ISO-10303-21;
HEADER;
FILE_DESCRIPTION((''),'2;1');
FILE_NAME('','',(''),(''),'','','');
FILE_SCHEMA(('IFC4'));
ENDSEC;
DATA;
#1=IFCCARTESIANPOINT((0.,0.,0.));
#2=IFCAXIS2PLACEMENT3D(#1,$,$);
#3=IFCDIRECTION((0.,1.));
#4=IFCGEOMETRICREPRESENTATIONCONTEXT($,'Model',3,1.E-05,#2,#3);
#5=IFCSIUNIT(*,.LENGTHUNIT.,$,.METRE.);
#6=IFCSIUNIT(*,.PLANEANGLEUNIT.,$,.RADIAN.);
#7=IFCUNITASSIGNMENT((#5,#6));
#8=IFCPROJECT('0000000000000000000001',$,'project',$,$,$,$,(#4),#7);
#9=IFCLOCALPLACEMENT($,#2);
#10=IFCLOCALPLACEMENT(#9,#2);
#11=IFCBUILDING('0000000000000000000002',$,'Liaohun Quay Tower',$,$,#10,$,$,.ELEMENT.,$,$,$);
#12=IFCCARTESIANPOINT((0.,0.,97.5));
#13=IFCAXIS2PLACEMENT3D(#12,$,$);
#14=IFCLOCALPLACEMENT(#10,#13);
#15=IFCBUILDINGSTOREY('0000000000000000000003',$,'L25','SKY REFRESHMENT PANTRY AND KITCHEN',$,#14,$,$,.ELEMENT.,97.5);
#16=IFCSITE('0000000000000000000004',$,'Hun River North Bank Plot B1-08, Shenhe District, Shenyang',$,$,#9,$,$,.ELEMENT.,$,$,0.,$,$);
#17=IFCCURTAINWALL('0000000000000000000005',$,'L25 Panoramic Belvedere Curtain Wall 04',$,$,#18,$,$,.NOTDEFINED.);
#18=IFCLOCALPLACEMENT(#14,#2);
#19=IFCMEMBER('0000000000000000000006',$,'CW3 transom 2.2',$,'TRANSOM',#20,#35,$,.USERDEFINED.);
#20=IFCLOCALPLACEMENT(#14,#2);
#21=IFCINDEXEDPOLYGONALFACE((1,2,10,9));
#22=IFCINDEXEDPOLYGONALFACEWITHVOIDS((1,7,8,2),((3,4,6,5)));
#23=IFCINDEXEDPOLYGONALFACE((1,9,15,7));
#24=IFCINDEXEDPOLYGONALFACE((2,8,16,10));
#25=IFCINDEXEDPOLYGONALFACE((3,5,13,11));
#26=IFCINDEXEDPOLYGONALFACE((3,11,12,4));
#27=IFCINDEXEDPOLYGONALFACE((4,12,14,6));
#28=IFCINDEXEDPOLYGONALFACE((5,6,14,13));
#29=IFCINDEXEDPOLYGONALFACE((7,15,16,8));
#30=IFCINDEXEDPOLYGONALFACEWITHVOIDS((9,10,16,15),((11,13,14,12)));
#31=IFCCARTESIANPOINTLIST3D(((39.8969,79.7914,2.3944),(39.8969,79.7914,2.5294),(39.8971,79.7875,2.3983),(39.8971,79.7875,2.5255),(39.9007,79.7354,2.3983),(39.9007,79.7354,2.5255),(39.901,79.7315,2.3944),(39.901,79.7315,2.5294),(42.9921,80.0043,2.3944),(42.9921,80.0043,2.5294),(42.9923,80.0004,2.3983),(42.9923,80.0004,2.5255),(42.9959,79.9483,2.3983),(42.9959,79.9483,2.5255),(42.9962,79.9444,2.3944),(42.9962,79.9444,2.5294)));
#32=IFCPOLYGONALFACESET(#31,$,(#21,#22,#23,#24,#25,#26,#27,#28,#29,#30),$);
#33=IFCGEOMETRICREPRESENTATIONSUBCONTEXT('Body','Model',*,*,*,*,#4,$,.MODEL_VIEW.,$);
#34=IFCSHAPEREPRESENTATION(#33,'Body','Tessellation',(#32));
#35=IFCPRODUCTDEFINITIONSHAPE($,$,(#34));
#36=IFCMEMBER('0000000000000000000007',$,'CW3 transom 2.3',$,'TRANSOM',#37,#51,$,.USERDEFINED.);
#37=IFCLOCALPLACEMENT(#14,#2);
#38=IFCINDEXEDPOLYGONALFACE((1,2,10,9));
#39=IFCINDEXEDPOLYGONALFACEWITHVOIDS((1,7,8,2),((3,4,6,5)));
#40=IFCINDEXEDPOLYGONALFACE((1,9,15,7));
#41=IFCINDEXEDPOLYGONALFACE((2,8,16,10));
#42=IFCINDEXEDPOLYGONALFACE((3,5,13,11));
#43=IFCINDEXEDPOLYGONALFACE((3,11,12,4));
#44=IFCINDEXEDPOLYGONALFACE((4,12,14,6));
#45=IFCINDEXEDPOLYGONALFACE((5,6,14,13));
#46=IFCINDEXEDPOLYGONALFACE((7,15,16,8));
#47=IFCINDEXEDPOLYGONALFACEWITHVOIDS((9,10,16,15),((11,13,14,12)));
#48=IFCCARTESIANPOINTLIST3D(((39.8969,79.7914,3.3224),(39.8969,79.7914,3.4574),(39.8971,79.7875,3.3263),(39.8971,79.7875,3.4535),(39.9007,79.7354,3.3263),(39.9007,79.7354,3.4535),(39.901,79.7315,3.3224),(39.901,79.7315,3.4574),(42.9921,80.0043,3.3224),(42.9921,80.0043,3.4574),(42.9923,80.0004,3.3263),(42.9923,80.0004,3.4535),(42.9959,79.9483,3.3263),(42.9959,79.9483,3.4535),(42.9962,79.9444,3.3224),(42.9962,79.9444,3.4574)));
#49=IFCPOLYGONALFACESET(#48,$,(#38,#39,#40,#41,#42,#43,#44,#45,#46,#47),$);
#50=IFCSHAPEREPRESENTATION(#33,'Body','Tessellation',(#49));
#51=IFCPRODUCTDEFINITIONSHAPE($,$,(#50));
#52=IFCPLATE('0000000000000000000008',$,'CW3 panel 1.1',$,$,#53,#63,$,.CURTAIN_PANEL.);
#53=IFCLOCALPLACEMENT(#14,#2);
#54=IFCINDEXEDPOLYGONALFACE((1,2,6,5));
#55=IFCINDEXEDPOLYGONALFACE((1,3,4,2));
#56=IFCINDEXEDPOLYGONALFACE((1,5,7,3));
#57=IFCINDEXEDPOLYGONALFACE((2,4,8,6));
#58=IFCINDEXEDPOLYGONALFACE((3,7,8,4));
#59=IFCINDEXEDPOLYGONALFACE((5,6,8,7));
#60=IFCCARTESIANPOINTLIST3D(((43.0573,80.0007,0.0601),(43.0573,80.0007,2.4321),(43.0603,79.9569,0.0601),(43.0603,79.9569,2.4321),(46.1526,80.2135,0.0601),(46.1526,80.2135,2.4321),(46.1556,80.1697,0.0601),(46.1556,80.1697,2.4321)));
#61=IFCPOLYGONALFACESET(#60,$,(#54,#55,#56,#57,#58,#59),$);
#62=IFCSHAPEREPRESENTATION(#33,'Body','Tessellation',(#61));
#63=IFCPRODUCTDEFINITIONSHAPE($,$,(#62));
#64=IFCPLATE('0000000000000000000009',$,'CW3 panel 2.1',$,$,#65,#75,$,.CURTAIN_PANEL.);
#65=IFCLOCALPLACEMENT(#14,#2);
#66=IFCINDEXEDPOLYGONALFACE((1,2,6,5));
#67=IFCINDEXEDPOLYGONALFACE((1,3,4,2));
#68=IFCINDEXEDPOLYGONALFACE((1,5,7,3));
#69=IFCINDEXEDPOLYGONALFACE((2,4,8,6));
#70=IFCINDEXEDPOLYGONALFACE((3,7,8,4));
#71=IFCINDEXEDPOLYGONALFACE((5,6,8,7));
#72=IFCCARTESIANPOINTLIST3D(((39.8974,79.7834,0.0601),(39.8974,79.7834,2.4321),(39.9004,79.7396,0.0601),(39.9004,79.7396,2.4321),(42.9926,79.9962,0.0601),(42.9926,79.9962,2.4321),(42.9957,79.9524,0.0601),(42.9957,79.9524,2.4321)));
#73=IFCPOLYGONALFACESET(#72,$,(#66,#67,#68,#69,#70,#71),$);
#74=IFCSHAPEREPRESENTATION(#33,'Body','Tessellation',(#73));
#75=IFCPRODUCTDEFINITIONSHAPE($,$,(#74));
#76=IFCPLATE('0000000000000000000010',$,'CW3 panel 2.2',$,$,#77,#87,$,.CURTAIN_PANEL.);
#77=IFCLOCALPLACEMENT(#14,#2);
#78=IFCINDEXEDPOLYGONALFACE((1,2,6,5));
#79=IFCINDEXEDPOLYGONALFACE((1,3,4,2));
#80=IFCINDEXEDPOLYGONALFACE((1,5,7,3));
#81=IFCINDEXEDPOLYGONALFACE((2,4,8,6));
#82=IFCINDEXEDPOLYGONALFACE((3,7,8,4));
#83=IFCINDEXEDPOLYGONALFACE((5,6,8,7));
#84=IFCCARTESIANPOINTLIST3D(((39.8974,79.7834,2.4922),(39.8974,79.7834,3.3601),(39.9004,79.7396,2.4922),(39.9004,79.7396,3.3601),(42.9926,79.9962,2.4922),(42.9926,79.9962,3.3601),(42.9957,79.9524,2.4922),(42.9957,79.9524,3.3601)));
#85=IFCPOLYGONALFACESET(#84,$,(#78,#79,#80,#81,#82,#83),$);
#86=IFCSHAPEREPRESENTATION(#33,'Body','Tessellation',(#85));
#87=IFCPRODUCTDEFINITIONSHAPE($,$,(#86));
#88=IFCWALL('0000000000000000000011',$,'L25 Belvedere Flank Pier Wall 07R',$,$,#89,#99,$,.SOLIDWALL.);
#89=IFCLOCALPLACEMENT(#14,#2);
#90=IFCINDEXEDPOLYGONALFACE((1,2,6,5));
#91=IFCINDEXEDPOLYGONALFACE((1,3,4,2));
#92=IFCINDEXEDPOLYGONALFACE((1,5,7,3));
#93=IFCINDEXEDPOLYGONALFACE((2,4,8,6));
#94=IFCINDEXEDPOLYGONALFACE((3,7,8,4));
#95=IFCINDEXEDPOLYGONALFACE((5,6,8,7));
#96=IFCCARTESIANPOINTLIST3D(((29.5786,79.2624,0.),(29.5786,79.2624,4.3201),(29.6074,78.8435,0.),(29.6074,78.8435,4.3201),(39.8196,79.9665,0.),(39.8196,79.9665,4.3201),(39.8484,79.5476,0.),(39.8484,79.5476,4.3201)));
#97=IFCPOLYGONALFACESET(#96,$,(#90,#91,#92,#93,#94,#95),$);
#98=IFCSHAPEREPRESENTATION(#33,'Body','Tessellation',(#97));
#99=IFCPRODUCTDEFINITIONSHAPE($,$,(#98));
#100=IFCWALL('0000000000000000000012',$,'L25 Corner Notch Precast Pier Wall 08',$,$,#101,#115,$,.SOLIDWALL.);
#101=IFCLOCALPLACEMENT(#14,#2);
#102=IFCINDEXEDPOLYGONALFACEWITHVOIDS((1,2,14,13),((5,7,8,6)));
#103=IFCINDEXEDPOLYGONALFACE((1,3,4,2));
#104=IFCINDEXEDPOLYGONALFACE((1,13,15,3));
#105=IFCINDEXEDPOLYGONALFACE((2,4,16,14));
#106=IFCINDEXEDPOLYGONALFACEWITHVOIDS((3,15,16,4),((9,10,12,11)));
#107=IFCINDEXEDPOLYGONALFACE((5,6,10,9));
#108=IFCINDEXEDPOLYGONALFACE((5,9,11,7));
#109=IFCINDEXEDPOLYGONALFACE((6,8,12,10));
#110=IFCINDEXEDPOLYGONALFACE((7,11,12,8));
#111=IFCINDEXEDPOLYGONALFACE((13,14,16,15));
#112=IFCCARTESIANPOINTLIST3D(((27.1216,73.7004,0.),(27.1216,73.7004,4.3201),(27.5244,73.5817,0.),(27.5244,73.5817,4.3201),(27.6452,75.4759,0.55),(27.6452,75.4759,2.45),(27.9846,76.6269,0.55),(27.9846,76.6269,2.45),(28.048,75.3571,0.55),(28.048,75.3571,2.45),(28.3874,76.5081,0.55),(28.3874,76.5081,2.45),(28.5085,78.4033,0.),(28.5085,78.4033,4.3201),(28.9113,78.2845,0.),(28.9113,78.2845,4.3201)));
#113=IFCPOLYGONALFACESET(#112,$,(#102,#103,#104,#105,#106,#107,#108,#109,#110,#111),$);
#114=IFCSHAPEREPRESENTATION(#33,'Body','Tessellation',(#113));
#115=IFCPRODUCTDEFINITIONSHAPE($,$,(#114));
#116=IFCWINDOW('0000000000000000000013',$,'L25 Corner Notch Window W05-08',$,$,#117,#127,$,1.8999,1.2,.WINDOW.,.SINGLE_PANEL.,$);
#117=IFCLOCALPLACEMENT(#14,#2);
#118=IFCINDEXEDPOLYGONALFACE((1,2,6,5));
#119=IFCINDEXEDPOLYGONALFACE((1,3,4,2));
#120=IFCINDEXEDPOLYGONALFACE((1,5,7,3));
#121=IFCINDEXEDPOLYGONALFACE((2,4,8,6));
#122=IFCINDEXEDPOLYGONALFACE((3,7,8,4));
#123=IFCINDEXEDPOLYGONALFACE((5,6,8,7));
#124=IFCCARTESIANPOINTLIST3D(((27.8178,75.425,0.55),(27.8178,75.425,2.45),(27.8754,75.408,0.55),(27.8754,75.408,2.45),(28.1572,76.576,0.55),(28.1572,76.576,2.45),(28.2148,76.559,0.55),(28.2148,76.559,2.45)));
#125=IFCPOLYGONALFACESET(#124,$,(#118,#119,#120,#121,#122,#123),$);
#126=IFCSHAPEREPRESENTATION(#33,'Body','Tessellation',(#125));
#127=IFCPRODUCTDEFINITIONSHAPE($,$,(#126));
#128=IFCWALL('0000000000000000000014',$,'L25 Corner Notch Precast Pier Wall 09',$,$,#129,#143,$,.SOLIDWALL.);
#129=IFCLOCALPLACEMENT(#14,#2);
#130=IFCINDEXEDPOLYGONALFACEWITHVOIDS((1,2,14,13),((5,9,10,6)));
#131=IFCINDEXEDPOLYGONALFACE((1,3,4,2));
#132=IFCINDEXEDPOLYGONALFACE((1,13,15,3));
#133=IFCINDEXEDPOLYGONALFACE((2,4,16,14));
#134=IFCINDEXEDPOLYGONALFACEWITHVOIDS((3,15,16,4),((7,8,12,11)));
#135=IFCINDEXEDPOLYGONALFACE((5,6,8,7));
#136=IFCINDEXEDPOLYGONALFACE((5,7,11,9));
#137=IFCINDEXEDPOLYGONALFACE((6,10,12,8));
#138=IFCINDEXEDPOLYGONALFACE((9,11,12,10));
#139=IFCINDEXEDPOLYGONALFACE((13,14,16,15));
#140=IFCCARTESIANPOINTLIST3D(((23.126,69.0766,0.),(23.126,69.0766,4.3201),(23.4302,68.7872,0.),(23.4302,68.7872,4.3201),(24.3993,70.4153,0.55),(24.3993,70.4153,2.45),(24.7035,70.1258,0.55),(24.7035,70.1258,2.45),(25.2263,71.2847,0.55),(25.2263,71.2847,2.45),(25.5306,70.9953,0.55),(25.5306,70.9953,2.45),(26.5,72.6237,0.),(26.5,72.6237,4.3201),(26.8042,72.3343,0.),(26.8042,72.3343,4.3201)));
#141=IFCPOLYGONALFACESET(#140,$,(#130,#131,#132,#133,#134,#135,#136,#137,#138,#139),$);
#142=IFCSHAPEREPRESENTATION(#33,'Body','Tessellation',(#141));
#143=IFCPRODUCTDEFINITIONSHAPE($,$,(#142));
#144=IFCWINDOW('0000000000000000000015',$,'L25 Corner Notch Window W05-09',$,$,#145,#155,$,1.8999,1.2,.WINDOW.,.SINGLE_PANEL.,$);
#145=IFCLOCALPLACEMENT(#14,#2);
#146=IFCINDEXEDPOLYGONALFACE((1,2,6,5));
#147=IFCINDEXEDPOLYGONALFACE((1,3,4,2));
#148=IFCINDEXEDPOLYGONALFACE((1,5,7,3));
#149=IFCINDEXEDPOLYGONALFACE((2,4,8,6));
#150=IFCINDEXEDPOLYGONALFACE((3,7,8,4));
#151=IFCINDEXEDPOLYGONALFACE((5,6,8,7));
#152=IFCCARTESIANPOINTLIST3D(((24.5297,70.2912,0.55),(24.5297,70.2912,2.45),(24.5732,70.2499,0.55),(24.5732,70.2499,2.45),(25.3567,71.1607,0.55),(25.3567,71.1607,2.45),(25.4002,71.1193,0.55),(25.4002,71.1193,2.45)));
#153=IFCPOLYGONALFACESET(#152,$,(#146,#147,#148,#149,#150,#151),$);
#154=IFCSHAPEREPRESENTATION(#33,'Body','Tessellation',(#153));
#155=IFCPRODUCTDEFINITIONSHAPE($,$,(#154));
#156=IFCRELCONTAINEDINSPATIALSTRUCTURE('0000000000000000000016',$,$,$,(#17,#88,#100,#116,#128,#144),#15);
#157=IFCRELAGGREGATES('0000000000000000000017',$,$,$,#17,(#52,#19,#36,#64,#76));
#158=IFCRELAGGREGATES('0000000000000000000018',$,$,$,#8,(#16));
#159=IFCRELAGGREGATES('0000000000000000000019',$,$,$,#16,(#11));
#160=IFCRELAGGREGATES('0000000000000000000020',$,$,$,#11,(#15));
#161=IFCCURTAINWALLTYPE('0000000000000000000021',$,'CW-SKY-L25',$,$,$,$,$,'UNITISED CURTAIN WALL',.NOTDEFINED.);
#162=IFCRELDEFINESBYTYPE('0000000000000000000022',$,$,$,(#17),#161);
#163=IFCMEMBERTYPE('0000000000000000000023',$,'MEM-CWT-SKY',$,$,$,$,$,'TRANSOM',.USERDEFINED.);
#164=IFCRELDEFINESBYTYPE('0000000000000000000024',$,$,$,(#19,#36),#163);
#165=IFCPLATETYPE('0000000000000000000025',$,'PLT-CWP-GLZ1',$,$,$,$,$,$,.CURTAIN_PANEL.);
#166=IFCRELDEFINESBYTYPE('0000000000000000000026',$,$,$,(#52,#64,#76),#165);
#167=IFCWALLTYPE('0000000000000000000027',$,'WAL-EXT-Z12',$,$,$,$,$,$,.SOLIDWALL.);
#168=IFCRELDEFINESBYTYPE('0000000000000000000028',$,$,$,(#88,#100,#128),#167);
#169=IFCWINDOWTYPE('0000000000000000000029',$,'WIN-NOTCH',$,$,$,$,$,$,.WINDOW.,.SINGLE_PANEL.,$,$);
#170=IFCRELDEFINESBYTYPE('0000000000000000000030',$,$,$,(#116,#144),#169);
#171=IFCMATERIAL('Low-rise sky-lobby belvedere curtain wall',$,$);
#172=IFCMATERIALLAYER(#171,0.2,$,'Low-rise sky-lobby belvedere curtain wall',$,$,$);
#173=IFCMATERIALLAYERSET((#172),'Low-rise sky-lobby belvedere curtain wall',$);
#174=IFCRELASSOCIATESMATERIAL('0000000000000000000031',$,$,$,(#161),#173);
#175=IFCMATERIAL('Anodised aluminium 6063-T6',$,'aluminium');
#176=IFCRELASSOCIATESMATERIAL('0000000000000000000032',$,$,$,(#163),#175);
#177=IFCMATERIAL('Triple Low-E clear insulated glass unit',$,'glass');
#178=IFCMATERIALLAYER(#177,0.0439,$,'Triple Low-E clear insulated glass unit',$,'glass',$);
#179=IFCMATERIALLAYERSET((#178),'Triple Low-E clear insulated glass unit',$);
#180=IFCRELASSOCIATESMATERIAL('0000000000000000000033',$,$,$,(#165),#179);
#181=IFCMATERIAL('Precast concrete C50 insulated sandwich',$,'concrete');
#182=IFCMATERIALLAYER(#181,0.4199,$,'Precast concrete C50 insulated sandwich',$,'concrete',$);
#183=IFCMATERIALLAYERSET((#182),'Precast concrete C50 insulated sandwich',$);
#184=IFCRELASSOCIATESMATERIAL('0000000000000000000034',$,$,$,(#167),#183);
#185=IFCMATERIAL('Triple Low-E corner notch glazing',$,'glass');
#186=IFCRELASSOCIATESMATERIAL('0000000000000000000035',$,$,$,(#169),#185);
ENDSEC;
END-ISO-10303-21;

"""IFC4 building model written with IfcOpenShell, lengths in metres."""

from ifc_helpers import new_model, si_unit, direction, frame, frame_2d, origin, origin_2d, place, context, subcontext, project, spatial, rectangle, hollow_rectangle, extrude, source, transform, mapped, material, layer, layer_set, material_profile, profile_set, type_object, element, fill, aggregate, save


model = new_model("IFC4")

# Units and contexts
model_context = context("Model", 3, precision=1e-05, world=origin(), true_north=direction((0.0, 1.0)))
body_context = subcontext(model_context, "Body", "Model", "MODEL_VIEW")
ifc_project = project(units=[si_unit("LENGTHUNIT", "METRE"), si_unit("PLANEANGLEUNIT", "RADIAN")], contexts=[model_context])

# Site, building, storey
site_placement = place(None, origin())
site = spatial("IfcSite", under=ifc_project, at=site_placement, Name="Hun River North Bank Plot B1-08, Shenhe District, Shenyang", CompositionType="ELEMENT", RefElevation=0.0)
building_placement = place(site_placement, origin())
building = spatial("IfcBuilding", under=site, at=building_placement, Name="Liaohun Quay Tower", CompositionType="ELEMENT")
storey_placement = place(building_placement, frame((0.0, 0.0, 97.5)))
storey = spatial("IfcBuildingStorey", under=building, at=storey_placement, Name="L25", Description="SKY REFRESHMENT PANTRY AND KITCHEN", CompositionType="ELEMENT", Elevation=97.5)

# Curtain wall, members, plates
ifc_material_1 = material(Name="Low-rise sky-lobby belvedere curtain wall")
ifc_layer_1 = layer(ifc_material_1, 0.2, Name="Low-rise sky-lobby belvedere curtain wall")
ifc_layer_set_1 = layer_set([ifc_layer_1], Name="Low-rise sky-lobby belvedere curtain wall")
curtain_wall_type = type_object("IfcCurtainWallType", Name="CW-SKY-L25", ElementType="UNITISED CURTAIN WALL", PredefinedType="NOTDEFINED", material=ifc_layer_set_1)
curtain_wall_placement = place(storey_placement, origin())
curtain_wall = element("IfcCurtainWall", 1, at=curtain_wall_placement, inside=storey, type_object=curtain_wall_type, Name="L25 Panoramic Belvedere Curtain Wall 04", PredefinedType="NOTDEFINED")
ifc_material_2 = material(Name="Anodised aluminium 6063-T6", Category="aluminium")
ifc_material_profile_1 = material_profile(ifc_material_2, hollow_rectangle(XDim=0.0601, YDim=0.135, WallThickness=0.0039, at=origin_2d()), Name="RHS135x60x4")
ifc_profile_set_1 = profile_set([ifc_material_profile_1], Name="Anodised aluminium 6063-T6")
member_type_1 = type_object("IfcMemberType", Name="MEM-CWT-SKY", ElementType="TRANSOM", PredefinedType="USERDEFINED", material=ifc_profile_set_1)
shared_shape_1 = source(origin(), body_context, "Body", "SweptSolid", [
    extrude(hollow_rectangle(XDim=0.0601, YDim=0.135, WallThickness=0.0039, at=origin_2d()), origin(), (0.0, 0.0, 1.0), 3.1025),
])
member_1_placement = place(storey_placement, frame((42.9941, 79.9744, 2.4619), z_axis=(-0.997643, -0.068618, 0.0), x_axis=(0.068618, -0.997643, 0.0)))
member_1 = element("IfcMember", 2, at=member_1_placement, type_object=member_type_1, Name="CW3 transom 2.2", ObjectType="TRANSOM", PredefinedType="USERDEFINED", context=body_context, shape_type="MappedRepresentation", body=[
    mapped(shared_shape_1, transform((0.0, 0.0, 0.0), x_axis=(1.0, 0.0, 0.0), y_axis=(0.0, 1.0, 0.0), z_axis=(0.0, 0.0, 1.0), scale=1.0)),
])
member_2_placement = place(storey_placement, frame((42.9941, 79.9744, 3.3899), z_axis=(-0.997643, -0.068618, 0.0), x_axis=(0.068618, -0.997643, 0.0)))
member_2 = element("IfcMember", 3, at=member_2_placement, type_object=member_type_1, Name="CW3 transom 2.3", ObjectType="TRANSOM", PredefinedType="USERDEFINED", context=body_context, shape_type="MappedRepresentation", body=[
    mapped(shared_shape_1, transform((0.0, 0.0, 0.0), x_axis=(1.0, 0.0, 0.0), y_axis=(0.0, 1.0, 0.0), z_axis=(0.0, 0.0, 1.0), scale=1.0)),
])
ifc_material_3 = material(Name="Triple Low-E clear insulated glass unit", Category="glass")
ifc_layer_2 = layer(ifc_material_3, 0.0439, Name="Triple Low-E clear insulated glass unit", Category="glass")
ifc_layer_set_2 = layer_set([ifc_layer_2], Name="Triple Low-E clear insulated glass unit")
plate_type = type_object("IfcPlateType", Name="PLT-CWP-GLZ1", PredefinedType="CURTAIN_PANEL", material=ifc_layer_set_2)
shared_shape_2 = source(origin(), body_context, "Body", "SweptSolid", [
    extrude(rectangle(XDim=3.1025, YDim=0.0439, at=origin_2d()), origin(), (0.0, 0.0, 1.0), 2.3721),
])
plate_1_placement = place(storey_placement, frame((44.6064, 80.0852, 0.0601), z_axis=(0.0, 0.0, 1.0), x_axis=(-0.997645, -0.068593, 0.0)))
plate_1 = element("IfcPlate", 4, at=plate_1_placement, type_object=plate_type, Name="CW3 panel 1.1", PredefinedType="CURTAIN_PANEL", context=body_context, shape_type="MappedRepresentation", body=[
    mapped(shared_shape_2, transform((0.0, 0.0, 0.0), x_axis=(1.0, 0.0, 0.0), y_axis=(0.0, 1.0, 0.0), z_axis=(0.0, 0.0, 1.0), scale=1.0)),
])
plate_2_placement = place(storey_placement, frame((41.4465, 79.8679, 0.0601), z_axis=(0.0, 0.0, 1.0), x_axis=(-0.997645, -0.068593, 0.0)))
plate_2 = element("IfcPlate", 5, at=plate_2_placement, type_object=plate_type, Name="CW3 panel 2.1", PredefinedType="CURTAIN_PANEL", context=body_context, shape_type="MappedRepresentation", body=[
    mapped(shared_shape_2, transform((0.0, 0.0, 0.0), x_axis=(1.0, 0.0, 0.0), y_axis=(0.0, 1.0, 0.0), z_axis=(0.0, 0.0, 1.0), scale=1.0)),
])
shared_shape_3 = source(origin(), body_context, "Body", "SweptSolid", [
    extrude(rectangle(XDim=3.1025, YDim=0.0439, at=origin_2d()), origin(), (0.0, 0.0, 1.0), 0.8679),
])
plate_3_placement = place(storey_placement, frame((41.4465, 79.8679, 2.4922), z_axis=(0.0, 0.0, 1.0), x_axis=(-0.997645, -0.068593, 0.0)))
plate_3 = element("IfcPlate", 6, at=plate_3_placement, type_object=plate_type, Name="CW3 panel 2.2", PredefinedType="CURTAIN_PANEL", context=body_context, shape_type="MappedRepresentation", body=[
    mapped(shared_shape_3, transform((0.0, 0.0, 0.0), x_axis=(1.0, 0.0, 0.0), y_axis=(0.0, 1.0, 0.0), z_axis=(0.0, 0.0, 1.0), scale=1.0)),
])
aggregate(curtain_wall, [plate_1, member_1, member_2, plate_2, plate_3])

# Wall
ifc_material_4 = material(Name="Precast concrete C50 insulated sandwich", Category="concrete")
ifc_layer_3 = layer(ifc_material_4, 0.4199, Name="Precast concrete C50 insulated sandwich", Category="concrete")
ifc_layer_set_3 = layer_set([ifc_layer_3], Name="Precast concrete C50 insulated sandwich")
wall_type = type_object("IfcWallType", Name="WAL-EXT-Z12", PredefinedType="SOLIDWALL", material=ifc_layer_set_3)
wall_1_placement = place(storey_placement, frame((39.834, 79.7571, 0.0), z_axis=(0.0, 0.0, 1.0), x_axis=(-0.997645, -0.068592, 0.0)))
element("IfcWall", 7, at=wall_1_placement, inside=storey, type_object=wall_type, Name="L25 Belvedere Flank Pier Wall 07R", PredefinedType="SOLIDWALL", context=body_context, shape_type="SweptSolid", body=[
    extrude(rectangle(XDim=10.2651, YDim=0.4199, at=frame_2d((5.1326, 0.0))), origin(), (0.0, 0.0, 1.0), 4.3201),
])

# Walls, openings, windows
wall_2_placement = place(storey_placement, frame((28.71, 78.344, 0.0), z_axis=(0.0, 0.0, 1.0), x_axis=(-0.282873, -0.959158, 0.0)))
wall_2 = element("IfcWall", 8, at=wall_2_placement, inside=storey, type_object=wall_type, Name="L25 Corner Notch Precast Pier Wall 08", PredefinedType="SOLIDWALL", context=body_context, shape_type="SweptSolid", body=[
    extrude(rectangle(XDim=4.9031, YDim=0.4199, at=frame_2d((2.4517, 0.0))), origin(), (0.0, 0.0, 1.0), 4.3201),
])
shared_shape_4 = source(origin(), body_context, "Body", "SweptSolid", [
    extrude(rectangle(XDim=1.2, YDim=1.8999, at=frame_2d((0.6001, 0.95))), frame((0.0, 0.22, 0.0), z_axis=(0.0, -1.0, 0.0), x_axis=(1.0, 0.0, 0.0)), (0.0, 0.0, 1.0), 0.4399),
])
opening_1_placement = place(wall_2_placement, frame((1.8521, 0.0, 0.55)))
opening_1 = element("IfcOpeningElement", 9, at=opening_1_placement, cuts=wall_2, PredefinedType="OPENING", context=body_context, shape_type="MappedRepresentation", body=[
    mapped(shared_shape_4, transform((0.0, 0.0, 0.0), x_axis=(1.0, 0.0, 0.0), y_axis=(0.0, 1.0, 0.0), z_axis=(0.0, 0.0, 1.0), scale=1.0)),
])
ifc_material_5 = material(Name="Triple Low-E corner notch glazing", Category="glass")
window_type = type_object("IfcWindowType", Name="WIN-NOTCH", PartitioningType="SINGLE_PANEL", PredefinedType="WINDOW", material=ifc_material_5)
shared_shape_5 = source(origin(), body_context, "Body", "SweptSolid", [
    extrude(rectangle(XDim=1.2, YDim=1.8999, at=frame_2d((0.6001, 0.95))), frame((0.0, 0.03, 0.0), z_axis=(0.0, -1.0, 0.0), x_axis=(1.0, 0.0, 0.0)), (0.0, 0.0, 1.0), 0.0601),
])
window_1_placement = place(opening_1_placement, origin())
window_1 = element("IfcWindow", 10, at=window_1_placement, inside=storey, type_object=window_type, Name="L25 Corner Notch Window W05-08", OverallHeight=1.8999, OverallWidth=1.2, PartitioningType="SINGLE_PANEL", PredefinedType="WINDOW", context=body_context, shape_type="MappedRepresentation", body=[
    mapped(shared_shape_5, transform((0.0, 0.0, 0.0), x_axis=(1.0, 0.0, 0.0), y_axis=(0.0, 1.0, 0.0), z_axis=(0.0, 0.0, 1.0), scale=1.0)),
])
fill(opening_1, window_1)
wall_3_placement = place(storey_placement, frame((26.6521, 72.479, 0.0), z_axis=(0.0, 0.0, 1.0), x_axis=(-0.689207, -0.724565, 0.0)))
wall_3 = element("IfcWall", 11, at=wall_3_placement, inside=storey, type_object=wall_type, Name="L25 Corner Notch Precast Pier Wall 09", PredefinedType="SOLIDWALL", context=body_context, shape_type="SweptSolid", body=[
    extrude(rectangle(XDim=4.8955, YDim=0.4199, at=frame_2d((2.4478, 0.0))), origin(), (0.0, 0.0, 1.0), 4.3201),
])
opening_2_placement = place(wall_3_placement, frame((1.8479, 0.0, 0.55)))
opening_2 = element("IfcOpeningElement", 12, at=opening_2_placement, cuts=wall_3, PredefinedType="OPENING", context=body_context, shape_type="MappedRepresentation", body=[
    mapped(shared_shape_4, transform((0.0, 0.0, 0.0), x_axis=(1.0, 0.0, 0.0), y_axis=(0.0, 1.0, 0.0), z_axis=(0.0, 0.0, 1.0), scale=1.0)),
])
window_2_placement = place(opening_2_placement, origin())
window_2 = element("IfcWindow", 13, at=window_2_placement, inside=storey, type_object=window_type, Name="L25 Corner Notch Window W05-09", OverallHeight=1.8999, OverallWidth=1.2, PartitioningType="SINGLE_PANEL", PredefinedType="WINDOW", context=body_context, shape_type="MappedRepresentation", body=[
    mapped(shared_shape_5, transform((0.0, 0.0, 0.0), x_axis=(1.0, 0.0, 0.0), y_axis=(0.0, 1.0, 0.0), z_axis=(0.0, 0.0, 1.0), scale=1.0)),
])
fill(opening_2, window_2)

save(model, "model.ifc")
